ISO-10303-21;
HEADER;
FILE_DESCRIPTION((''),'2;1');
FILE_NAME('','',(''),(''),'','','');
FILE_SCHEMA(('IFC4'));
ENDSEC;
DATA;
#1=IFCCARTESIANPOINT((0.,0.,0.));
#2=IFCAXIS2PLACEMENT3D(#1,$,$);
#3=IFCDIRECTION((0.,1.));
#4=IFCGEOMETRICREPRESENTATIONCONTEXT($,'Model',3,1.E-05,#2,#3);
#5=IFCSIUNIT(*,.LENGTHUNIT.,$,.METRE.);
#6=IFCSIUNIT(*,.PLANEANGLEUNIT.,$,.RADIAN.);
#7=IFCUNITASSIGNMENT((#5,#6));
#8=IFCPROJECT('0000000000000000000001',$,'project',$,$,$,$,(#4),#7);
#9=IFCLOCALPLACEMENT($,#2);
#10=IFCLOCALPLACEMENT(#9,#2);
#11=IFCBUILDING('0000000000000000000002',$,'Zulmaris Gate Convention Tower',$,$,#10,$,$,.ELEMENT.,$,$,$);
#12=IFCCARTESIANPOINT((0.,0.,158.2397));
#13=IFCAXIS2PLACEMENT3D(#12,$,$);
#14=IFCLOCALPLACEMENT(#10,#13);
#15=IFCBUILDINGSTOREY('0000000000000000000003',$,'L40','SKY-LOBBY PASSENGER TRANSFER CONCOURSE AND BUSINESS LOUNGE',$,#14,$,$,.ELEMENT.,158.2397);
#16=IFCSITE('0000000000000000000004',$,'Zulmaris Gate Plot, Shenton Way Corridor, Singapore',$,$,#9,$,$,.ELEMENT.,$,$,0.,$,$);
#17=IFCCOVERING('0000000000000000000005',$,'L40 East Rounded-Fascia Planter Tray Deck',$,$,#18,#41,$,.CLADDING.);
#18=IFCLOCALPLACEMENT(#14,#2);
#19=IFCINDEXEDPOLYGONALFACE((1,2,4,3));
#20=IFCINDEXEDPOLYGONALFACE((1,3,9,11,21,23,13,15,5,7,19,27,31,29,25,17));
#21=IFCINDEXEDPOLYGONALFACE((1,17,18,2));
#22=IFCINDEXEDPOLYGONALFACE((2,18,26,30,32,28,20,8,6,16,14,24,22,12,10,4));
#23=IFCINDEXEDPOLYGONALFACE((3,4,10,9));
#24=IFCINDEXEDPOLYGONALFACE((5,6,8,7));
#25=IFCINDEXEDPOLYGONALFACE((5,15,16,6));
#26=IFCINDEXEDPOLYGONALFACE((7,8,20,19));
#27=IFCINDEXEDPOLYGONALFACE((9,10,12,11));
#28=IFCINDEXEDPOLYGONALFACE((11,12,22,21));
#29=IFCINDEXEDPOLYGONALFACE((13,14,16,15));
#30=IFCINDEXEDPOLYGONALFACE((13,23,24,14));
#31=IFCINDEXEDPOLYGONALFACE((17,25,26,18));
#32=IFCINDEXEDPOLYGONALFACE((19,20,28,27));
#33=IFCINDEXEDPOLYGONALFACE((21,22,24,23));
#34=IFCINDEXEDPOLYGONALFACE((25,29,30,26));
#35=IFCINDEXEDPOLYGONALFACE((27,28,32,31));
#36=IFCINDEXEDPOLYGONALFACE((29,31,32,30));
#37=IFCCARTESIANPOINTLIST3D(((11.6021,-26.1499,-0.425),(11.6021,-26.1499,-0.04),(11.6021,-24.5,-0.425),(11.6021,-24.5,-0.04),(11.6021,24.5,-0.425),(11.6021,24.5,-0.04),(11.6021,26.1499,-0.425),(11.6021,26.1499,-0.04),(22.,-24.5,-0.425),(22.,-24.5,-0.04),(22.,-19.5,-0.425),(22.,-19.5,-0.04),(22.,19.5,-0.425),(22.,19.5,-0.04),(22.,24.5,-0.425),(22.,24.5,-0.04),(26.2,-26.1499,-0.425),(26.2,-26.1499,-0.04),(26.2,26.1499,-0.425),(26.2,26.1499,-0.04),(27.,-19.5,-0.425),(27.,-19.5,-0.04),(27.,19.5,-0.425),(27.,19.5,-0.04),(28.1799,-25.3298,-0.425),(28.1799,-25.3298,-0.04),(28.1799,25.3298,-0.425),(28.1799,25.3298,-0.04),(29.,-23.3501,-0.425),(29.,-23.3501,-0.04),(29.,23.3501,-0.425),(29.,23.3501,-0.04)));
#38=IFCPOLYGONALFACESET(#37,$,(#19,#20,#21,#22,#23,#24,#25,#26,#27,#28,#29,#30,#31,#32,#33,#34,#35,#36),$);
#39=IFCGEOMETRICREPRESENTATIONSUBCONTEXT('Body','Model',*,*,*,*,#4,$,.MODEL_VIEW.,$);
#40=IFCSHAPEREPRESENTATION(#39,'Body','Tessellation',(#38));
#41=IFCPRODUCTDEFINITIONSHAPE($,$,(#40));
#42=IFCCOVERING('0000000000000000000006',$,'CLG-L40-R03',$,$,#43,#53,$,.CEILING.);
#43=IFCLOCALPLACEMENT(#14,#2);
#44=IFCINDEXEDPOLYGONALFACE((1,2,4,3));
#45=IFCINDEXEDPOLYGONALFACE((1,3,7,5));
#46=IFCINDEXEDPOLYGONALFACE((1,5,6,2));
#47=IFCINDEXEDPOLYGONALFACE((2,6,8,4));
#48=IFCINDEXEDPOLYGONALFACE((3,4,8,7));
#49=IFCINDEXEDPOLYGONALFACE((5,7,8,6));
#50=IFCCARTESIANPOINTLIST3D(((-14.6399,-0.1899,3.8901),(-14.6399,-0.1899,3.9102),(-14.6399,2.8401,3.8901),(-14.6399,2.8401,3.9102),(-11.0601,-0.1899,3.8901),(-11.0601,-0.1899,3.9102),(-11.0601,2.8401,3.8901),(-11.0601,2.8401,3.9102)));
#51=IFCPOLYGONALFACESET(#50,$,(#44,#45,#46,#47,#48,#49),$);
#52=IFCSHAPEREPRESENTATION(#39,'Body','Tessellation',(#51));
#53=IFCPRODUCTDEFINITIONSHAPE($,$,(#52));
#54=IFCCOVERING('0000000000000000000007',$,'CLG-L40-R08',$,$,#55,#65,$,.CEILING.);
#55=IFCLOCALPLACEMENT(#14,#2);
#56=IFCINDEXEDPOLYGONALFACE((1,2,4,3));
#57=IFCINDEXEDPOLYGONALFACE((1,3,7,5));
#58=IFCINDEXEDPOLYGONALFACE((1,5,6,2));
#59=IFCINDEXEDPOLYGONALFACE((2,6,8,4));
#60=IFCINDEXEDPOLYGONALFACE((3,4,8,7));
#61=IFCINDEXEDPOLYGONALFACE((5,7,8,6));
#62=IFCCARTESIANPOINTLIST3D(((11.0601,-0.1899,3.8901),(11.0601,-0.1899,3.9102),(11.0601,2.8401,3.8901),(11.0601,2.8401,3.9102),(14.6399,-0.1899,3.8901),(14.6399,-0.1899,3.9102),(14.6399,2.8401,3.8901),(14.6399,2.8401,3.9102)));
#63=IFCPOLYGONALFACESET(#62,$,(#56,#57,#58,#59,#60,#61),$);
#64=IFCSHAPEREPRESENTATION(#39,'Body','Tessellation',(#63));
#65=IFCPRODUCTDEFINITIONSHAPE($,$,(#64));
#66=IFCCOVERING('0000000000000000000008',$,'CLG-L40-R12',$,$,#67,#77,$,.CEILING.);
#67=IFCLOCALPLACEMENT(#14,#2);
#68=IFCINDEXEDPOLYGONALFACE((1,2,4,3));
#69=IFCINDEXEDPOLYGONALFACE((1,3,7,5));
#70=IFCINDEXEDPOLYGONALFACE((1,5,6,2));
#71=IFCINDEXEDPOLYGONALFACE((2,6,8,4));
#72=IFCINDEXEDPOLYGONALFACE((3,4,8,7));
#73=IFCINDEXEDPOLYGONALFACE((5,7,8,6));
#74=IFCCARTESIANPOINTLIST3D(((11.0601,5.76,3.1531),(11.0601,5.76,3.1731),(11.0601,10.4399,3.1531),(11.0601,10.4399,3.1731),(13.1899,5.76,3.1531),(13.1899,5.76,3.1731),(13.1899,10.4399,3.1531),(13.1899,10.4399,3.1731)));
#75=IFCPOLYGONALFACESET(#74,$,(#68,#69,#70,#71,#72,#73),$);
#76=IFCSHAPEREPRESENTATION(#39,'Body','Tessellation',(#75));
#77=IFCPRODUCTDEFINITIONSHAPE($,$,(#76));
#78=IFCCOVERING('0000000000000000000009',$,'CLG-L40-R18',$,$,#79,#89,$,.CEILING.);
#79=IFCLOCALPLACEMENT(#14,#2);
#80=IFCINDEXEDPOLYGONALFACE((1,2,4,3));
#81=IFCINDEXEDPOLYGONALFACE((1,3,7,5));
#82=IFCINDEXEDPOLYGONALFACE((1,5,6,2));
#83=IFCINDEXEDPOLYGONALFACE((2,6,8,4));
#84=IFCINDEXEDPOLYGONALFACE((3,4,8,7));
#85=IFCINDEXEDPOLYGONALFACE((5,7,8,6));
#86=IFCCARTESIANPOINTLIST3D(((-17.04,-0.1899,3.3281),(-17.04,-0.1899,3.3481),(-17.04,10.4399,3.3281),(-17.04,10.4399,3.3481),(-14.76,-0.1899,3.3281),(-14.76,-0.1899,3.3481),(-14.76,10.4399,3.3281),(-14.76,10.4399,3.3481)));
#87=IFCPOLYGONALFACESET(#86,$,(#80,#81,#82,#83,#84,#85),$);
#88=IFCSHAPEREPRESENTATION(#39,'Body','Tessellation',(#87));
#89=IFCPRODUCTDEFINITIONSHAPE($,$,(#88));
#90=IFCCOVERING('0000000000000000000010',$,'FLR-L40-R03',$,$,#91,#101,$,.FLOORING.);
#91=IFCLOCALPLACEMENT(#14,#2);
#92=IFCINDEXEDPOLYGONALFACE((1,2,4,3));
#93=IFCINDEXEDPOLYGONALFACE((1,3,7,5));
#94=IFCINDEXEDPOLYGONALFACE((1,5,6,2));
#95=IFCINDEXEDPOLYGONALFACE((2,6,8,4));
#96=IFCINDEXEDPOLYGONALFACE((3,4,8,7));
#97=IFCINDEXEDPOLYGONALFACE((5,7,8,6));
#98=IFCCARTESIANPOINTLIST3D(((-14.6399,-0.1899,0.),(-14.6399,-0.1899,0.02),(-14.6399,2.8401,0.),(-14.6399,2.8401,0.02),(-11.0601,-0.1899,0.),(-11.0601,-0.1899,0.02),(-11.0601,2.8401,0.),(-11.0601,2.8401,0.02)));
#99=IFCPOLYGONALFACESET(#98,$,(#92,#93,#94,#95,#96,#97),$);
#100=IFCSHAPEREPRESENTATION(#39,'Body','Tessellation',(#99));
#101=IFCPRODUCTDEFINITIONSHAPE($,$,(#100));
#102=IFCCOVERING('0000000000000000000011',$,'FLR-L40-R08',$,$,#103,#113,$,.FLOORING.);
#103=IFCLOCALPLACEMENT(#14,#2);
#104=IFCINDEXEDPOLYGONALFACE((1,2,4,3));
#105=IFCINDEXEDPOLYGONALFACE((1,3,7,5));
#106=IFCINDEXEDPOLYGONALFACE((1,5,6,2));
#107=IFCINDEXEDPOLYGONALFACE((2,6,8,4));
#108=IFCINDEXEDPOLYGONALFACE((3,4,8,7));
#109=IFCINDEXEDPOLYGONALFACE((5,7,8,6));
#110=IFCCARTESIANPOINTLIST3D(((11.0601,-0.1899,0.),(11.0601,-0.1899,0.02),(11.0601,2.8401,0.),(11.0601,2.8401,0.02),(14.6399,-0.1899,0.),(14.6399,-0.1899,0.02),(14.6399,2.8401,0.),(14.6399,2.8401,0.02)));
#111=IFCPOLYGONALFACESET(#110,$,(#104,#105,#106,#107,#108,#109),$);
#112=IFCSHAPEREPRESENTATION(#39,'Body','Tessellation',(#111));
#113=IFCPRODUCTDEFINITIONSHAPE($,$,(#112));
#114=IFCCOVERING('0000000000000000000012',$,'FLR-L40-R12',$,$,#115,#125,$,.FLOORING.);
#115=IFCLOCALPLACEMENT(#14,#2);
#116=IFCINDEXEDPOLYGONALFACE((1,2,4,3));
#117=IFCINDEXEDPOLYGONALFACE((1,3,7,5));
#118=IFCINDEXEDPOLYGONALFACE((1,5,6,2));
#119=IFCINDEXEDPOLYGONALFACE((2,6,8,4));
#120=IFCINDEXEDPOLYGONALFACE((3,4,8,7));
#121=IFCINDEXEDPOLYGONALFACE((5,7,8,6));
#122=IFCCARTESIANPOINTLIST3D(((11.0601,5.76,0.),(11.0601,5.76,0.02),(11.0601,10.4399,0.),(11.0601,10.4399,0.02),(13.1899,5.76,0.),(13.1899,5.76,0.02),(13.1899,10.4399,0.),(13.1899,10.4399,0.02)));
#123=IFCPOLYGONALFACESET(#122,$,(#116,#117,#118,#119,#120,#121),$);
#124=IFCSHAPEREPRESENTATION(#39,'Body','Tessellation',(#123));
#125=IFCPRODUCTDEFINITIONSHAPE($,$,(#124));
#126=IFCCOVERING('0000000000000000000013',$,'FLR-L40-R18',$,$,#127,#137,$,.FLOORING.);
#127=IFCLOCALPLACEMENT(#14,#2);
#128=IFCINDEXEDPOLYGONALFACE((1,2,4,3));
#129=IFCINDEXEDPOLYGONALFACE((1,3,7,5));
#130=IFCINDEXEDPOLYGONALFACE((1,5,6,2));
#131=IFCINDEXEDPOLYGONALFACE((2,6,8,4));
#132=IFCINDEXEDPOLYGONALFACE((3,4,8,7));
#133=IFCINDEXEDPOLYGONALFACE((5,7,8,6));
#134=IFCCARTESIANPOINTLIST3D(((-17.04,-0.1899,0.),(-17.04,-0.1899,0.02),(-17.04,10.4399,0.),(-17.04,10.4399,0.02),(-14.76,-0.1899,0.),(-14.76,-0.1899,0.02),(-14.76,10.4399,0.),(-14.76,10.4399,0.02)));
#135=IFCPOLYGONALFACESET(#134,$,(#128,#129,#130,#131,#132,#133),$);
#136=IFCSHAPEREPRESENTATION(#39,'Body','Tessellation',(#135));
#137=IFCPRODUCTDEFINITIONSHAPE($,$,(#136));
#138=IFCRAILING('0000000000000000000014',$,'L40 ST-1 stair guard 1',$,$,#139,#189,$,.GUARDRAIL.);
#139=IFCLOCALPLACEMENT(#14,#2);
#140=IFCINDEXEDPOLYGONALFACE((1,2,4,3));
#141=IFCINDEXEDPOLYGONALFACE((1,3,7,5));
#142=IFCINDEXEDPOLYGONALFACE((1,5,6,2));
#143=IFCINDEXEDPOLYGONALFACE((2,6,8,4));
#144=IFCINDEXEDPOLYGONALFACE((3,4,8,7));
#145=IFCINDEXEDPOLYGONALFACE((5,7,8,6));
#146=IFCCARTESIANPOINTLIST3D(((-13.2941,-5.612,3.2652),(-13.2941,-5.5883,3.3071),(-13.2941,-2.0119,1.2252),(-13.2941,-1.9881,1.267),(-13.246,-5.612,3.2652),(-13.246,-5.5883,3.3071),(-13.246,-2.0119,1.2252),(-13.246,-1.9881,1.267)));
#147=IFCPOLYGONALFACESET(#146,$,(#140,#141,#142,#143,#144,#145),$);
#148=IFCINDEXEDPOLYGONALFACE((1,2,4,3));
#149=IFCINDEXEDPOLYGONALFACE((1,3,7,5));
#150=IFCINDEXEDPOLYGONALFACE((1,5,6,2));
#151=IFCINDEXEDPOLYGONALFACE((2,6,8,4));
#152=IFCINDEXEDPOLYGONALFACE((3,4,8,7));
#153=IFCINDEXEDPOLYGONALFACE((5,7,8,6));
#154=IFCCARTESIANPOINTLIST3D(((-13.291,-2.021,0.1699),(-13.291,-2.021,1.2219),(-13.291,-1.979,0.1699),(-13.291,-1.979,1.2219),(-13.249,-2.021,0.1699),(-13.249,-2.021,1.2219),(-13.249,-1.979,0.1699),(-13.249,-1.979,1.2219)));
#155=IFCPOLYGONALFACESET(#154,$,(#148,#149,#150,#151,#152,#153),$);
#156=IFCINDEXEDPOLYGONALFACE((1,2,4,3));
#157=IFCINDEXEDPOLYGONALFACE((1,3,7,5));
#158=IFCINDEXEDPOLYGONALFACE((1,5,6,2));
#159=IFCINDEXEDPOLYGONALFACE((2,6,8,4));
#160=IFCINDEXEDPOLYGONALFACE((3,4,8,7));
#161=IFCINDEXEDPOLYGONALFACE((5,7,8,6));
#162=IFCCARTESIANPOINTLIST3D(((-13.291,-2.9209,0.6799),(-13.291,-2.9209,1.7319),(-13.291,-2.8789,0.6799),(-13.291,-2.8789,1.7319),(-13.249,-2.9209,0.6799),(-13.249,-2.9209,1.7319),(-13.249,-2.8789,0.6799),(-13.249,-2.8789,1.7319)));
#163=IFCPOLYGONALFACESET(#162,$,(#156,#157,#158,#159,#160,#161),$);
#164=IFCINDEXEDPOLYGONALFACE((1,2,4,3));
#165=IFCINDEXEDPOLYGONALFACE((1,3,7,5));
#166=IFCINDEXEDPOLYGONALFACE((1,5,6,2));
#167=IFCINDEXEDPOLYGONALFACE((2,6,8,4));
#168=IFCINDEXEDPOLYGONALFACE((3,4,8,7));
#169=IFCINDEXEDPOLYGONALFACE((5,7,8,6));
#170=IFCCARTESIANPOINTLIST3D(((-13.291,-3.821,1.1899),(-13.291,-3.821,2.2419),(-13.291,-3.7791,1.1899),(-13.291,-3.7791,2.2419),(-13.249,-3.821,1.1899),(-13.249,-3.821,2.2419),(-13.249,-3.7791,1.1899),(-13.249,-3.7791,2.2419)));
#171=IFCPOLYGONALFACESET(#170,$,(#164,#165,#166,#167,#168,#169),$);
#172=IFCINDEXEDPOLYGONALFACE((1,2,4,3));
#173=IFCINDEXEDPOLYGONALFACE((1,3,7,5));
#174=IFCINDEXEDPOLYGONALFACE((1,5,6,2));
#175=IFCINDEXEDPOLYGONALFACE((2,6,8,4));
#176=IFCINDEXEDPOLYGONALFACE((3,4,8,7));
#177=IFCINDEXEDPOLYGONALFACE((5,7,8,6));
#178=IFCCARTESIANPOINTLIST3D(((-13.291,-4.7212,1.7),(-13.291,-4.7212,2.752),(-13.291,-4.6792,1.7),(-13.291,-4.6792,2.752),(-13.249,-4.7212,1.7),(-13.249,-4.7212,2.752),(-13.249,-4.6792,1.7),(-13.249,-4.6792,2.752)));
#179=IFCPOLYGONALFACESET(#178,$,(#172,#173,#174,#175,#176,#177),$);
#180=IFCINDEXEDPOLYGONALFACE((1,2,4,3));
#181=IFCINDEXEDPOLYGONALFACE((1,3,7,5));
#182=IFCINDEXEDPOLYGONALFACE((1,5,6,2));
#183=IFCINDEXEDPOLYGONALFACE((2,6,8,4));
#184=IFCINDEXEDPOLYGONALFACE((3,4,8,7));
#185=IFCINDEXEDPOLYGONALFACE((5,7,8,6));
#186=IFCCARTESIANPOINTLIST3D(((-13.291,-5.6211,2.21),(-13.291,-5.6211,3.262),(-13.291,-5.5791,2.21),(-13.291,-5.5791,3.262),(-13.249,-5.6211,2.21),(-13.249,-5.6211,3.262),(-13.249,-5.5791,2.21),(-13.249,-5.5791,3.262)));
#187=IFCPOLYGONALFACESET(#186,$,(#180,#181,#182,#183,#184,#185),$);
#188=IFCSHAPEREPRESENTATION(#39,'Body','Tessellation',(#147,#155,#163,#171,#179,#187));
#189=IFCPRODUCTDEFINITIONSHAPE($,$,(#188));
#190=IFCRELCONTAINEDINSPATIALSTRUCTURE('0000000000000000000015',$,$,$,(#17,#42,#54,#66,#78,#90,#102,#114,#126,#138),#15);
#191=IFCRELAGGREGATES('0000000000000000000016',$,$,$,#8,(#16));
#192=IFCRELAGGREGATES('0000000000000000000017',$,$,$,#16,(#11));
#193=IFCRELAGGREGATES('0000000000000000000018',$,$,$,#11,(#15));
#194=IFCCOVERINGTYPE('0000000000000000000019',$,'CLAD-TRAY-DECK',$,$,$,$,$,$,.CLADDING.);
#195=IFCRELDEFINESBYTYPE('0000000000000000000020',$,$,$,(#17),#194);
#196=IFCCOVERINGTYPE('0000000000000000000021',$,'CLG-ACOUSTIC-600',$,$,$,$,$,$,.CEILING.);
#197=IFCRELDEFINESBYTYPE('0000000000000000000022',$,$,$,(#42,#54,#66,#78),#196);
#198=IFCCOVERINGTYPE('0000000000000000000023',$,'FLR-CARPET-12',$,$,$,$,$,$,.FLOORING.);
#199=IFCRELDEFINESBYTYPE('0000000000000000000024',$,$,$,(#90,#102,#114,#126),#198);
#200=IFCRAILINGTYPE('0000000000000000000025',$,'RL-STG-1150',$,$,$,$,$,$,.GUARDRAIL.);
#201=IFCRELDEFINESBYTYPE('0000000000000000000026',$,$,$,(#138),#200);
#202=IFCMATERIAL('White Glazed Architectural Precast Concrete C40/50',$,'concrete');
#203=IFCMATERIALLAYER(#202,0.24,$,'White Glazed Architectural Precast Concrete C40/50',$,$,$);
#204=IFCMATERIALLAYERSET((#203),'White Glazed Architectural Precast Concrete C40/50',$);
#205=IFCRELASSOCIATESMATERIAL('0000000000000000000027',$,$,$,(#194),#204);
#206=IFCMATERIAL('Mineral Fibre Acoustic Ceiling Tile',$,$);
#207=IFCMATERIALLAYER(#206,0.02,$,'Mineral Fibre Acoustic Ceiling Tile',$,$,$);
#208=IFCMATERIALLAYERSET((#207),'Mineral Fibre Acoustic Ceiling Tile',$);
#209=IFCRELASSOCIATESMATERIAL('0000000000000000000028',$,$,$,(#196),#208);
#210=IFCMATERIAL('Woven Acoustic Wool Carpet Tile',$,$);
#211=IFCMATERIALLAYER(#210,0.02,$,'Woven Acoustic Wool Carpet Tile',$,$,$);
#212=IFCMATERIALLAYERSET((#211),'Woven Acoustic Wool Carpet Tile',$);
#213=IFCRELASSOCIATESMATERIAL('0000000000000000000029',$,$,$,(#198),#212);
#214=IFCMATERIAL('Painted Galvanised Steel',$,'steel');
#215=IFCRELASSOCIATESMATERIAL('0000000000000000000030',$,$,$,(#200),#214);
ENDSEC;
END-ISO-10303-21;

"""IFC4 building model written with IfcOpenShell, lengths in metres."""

from ifc_helpers import new_model, si_unit, direction, frame, origin, origin_2d, place, context, subcontext, project, spatial, polyline, rectangle, outline, extrude, material, layer, layer_set, type_object, element, save


model = new_model("IFC4")

# Units and contexts
model_context = context("Model", 3, precision=1e-05, world=origin(), true_north=direction((0.0, 1.0)))
body_context = subcontext(model_context, "Body", "Model", "MODEL_VIEW")
ifc_project = project(units=[si_unit("LENGTHUNIT", "METRE"), si_unit("PLANEANGLEUNIT", "RADIAN")], contexts=[model_context])

# Site, building, storey
site_placement = place(None, origin())
site = spatial("IfcSite", under=ifc_project, at=site_placement, Name="Zulmaris Gate Plot, Shenton Way Corridor, Singapore", CompositionType="ELEMENT", RefElevation=0.0)
building_placement = place(site_placement, origin())
building = spatial("IfcBuilding", under=site, at=building_placement, Name="Zulmaris Gate Convention Tower", CompositionType="ELEMENT")
storey_placement = place(building_placement, frame((0.0, 0.0, 158.2397)))
storey = spatial("IfcBuildingStorey", under=building, at=storey_placement, Name="L40", Description="SKY-LOBBY PASSENGER TRANSFER CONCOURSE AND BUSINESS LOUNGE", CompositionType="ELEMENT", Elevation=158.2397)

# Coverings
ifc_material_1 = material(Name="White Glazed Architectural Precast Concrete C40/50", Category="concrete")
ifc_layer_1 = layer(ifc_material_1, 0.24, Name="White Glazed Architectural Precast Concrete C40/50")
ifc_layer_set_1 = layer_set([ifc_layer_1], Name="White Glazed Architectural Precast Concrete C40/50")
covering_type_1 = type_object("IfcCoveringType", Name="CLAD-TRAY-DECK", PredefinedType="CLADDING", material=ifc_layer_set_1)
covering_1_placement = place(storey_placement, frame((0.0, 0.0, -0.425)))
element("IfcCovering", 1, at=covering_1_placement, inside=storey, type_object=covering_type_1, Name="L40 East Rounded-Fascia Planter Tray Deck", PredefinedType="CLADDING", context=body_context, shape_type="SweptSolid", body=[
    extrude(outline(polyline([(26.2, 26.1499), (28.1799, 25.3298), (29.0, 23.3501), (29.0, -23.3501), (28.1799, -25.3298), (26.2, -26.1499), (11.6021, -26.1499), (11.6021, -24.5), (22.0, -24.5), (22.0, -19.5), (27.0, -19.5), (27.0, 19.5), (22.0, 19.5), (22.0, 24.5), (11.6021, 24.5), (11.6021, 26.1499), (26.2, 26.1499)])), origin(), (0.0, 0.0, 1.0), 0.385),
])
ifc_material_2 = material(Name="Mineral Fibre Acoustic Ceiling Tile")
ifc_layer_2 = layer(ifc_material_2, 0.02, Name="Mineral Fibre Acoustic Ceiling Tile")
ifc_layer_set_2 = layer_set([ifc_layer_2], Name="Mineral Fibre Acoustic Ceiling Tile")
covering_type_2 = type_object("IfcCoveringType", Name="CLG-ACOUSTIC-600", PredefinedType="CEILING", material=ifc_layer_set_2)
covering_2_placement = place(storey_placement, frame((0.0, 0.0, 3.8901)))
element("IfcCovering", 2, at=covering_2_placement, inside=storey, type_object=covering_type_2, Name="CLG-L40-R03", PredefinedType="CEILING", context=body_context, shape_type="SweptSolid", body=[
    extrude(outline(polyline([(-14.6399, -0.1899), (-11.0601, -0.1899), (-11.0601, 2.8401), (-14.6399, 2.8401), (-14.6399, -0.1899)])), origin(), (0.0, 0.0, 1.0), 0.02),
])
covering_3_placement = place(storey_placement, frame((0.0, 0.0, 3.8901)))
element("IfcCovering", 3, at=covering_3_placement, inside=storey, type_object=covering_type_2, Name="CLG-L40-R08", PredefinedType="CEILING", context=body_context, shape_type="SweptSolid", body=[
    extrude(outline(polyline([(11.0601, -0.1899), (14.6399, -0.1899), (14.6399, 2.8401), (11.0601, 2.8401), (11.0601, -0.1899)])), origin(), (0.0, 0.0, 1.0), 0.02),
])
covering_4_placement = place(storey_placement, frame((0.0, 0.0, 3.1531)))
element("IfcCovering", 4, at=covering_4_placement, inside=storey, type_object=covering_type_2, Name="CLG-L40-R12", PredefinedType="CEILING", context=body_context, shape_type="SweptSolid", body=[
    extrude(outline(polyline([(11.0601, 5.76), (13.1899, 5.76), (13.1899, 10.4399), (11.0601, 10.4399), (11.0601, 5.76)])), origin(), (0.0, 0.0, 1.0), 0.02),
])
covering_5_placement = place(storey_placement, frame((0.0, 0.0, 3.3281)))
element("IfcCovering", 5, at=covering_5_placement, inside=storey, type_object=covering_type_2, Name="CLG-L40-R18", PredefinedType="CEILING", context=body_context, shape_type="SweptSolid", body=[
    extrude(outline(polyline([(-17.04, -0.1899), (-14.76, -0.1899), (-14.76, 10.4399), (-17.04, 10.4399), (-17.04, -0.1899)])), origin(), (0.0, 0.0, 1.0), 0.02),
])
ifc_material_3 = material(Name="Woven Acoustic Wool Carpet Tile")
ifc_layer_3 = layer(ifc_material_3, 0.02, Name="Woven Acoustic Wool Carpet Tile")
ifc_layer_set_3 = layer_set([ifc_layer_3], Name="Woven Acoustic Wool Carpet Tile")
covering_type_3 = type_object("IfcCoveringType", Name="FLR-CARPET-12", PredefinedType="FLOORING", material=ifc_layer_set_3)
covering_6_placement = place(storey_placement, origin())
element("IfcCovering", 6, at=covering_6_placement, inside=storey, type_object=covering_type_3, Name="FLR-L40-R03", PredefinedType="FLOORING", context=body_context, shape_type="SweptSolid", body=[
    extrude(outline(polyline([(-14.6399, -0.1899), (-11.0601, -0.1899), (-11.0601, 2.8401), (-14.6399, 2.8401), (-14.6399, -0.1899)])), origin(), (0.0, 0.0, 1.0), 0.02),
])
covering_7_placement = place(storey_placement, origin())
element("IfcCovering", 7, at=covering_7_placement, inside=storey, type_object=covering_type_3, Name="FLR-L40-R08", PredefinedType="FLOORING", context=body_context, shape_type="SweptSolid", body=[
    extrude(outline(polyline([(11.0601, -0.1899), (14.6399, -0.1899), (14.6399, 2.8401), (11.0601, 2.8401), (11.0601, -0.1899)])), origin(), (0.0, 0.0, 1.0), 0.02),
])
covering_8_placement = place(storey_placement, origin())
element("IfcCovering", 8, at=covering_8_placement, inside=storey, type_object=covering_type_3, Name="FLR-L40-R12", PredefinedType="FLOORING", context=body_context, shape_type="SweptSolid", body=[
    extrude(outline(polyline([(11.0601, 5.76), (13.1899, 5.76), (13.1899, 10.4399), (11.0601, 10.4399), (11.0601, 5.76)])), origin(), (0.0, 0.0, 1.0), 0.02),
])
covering_9_placement = place(storey_placement, origin())
element("IfcCovering", 9, at=covering_9_placement, inside=storey, type_object=covering_type_3, Name="FLR-L40-R18", PredefinedType="FLOORING", context=body_context, shape_type="SweptSolid", body=[
    extrude(outline(polyline([(-17.04, -0.1899), (-14.76, -0.1899), (-14.76, 10.4399), (-17.04, 10.4399), (-17.04, -0.1899)])), origin(), (0.0, 0.0, 1.0), 0.02),
])

# Railing
ifc_material_4 = material(Name="Painted Galvanised Steel", Category="steel")
railing_type_1 = type_object("IfcRailingType", Name="RL-STG-1150", PredefinedType="GUARDRAIL", material=ifc_material_4)
railing_1_placement = place(storey_placement, frame((-13.27, -2.0, 0.1699)))
element("IfcRailing", 10, at=railing_1_placement, inside=storey, type_object=railing_type_1, Name="L40 ST-1 stair guard 1", PredefinedType="GUARDRAIL", context=body_context, shape_type="SweptSolid", body=[
    extrude(rectangle(XDim=0.0481, YDim=0.0481, at=origin_2d()), frame((0.0, 0.0, 1.0762), z_axis=(0.0, -0.870024, 0.49301), x_axis=(1.0, 0.0, 0.0)), (0.0, 0.0, 1.0), 4.1379),
    extrude(rectangle(XDim=0.042, YDim=0.042, at=origin_2d()), origin(), (0.0, 0.0, 1.0), 1.052),
    extrude(rectangle(XDim=0.042, YDim=0.042, at=origin_2d()), frame((0.0, -0.8999, 0.51)), (0.0, 0.0, 1.0), 1.052),
    extrude(rectangle(XDim=0.042, YDim=0.042, at=origin_2d()), frame((0.0, -1.8, 1.02)), (0.0, 0.0, 1.0), 1.052),
    extrude(rectangle(XDim=0.042, YDim=0.042, at=origin_2d()), frame((0.0, -2.7002, 1.53)), (0.0, 0.0, 1.0), 1.052),
    extrude(rectangle(XDim=0.042, YDim=0.042, at=origin_2d()), frame((0.0, -3.6001, 2.04)), (0.0, 0.0, 1.0), 1.052),
])

save(model, "model.ifc")
